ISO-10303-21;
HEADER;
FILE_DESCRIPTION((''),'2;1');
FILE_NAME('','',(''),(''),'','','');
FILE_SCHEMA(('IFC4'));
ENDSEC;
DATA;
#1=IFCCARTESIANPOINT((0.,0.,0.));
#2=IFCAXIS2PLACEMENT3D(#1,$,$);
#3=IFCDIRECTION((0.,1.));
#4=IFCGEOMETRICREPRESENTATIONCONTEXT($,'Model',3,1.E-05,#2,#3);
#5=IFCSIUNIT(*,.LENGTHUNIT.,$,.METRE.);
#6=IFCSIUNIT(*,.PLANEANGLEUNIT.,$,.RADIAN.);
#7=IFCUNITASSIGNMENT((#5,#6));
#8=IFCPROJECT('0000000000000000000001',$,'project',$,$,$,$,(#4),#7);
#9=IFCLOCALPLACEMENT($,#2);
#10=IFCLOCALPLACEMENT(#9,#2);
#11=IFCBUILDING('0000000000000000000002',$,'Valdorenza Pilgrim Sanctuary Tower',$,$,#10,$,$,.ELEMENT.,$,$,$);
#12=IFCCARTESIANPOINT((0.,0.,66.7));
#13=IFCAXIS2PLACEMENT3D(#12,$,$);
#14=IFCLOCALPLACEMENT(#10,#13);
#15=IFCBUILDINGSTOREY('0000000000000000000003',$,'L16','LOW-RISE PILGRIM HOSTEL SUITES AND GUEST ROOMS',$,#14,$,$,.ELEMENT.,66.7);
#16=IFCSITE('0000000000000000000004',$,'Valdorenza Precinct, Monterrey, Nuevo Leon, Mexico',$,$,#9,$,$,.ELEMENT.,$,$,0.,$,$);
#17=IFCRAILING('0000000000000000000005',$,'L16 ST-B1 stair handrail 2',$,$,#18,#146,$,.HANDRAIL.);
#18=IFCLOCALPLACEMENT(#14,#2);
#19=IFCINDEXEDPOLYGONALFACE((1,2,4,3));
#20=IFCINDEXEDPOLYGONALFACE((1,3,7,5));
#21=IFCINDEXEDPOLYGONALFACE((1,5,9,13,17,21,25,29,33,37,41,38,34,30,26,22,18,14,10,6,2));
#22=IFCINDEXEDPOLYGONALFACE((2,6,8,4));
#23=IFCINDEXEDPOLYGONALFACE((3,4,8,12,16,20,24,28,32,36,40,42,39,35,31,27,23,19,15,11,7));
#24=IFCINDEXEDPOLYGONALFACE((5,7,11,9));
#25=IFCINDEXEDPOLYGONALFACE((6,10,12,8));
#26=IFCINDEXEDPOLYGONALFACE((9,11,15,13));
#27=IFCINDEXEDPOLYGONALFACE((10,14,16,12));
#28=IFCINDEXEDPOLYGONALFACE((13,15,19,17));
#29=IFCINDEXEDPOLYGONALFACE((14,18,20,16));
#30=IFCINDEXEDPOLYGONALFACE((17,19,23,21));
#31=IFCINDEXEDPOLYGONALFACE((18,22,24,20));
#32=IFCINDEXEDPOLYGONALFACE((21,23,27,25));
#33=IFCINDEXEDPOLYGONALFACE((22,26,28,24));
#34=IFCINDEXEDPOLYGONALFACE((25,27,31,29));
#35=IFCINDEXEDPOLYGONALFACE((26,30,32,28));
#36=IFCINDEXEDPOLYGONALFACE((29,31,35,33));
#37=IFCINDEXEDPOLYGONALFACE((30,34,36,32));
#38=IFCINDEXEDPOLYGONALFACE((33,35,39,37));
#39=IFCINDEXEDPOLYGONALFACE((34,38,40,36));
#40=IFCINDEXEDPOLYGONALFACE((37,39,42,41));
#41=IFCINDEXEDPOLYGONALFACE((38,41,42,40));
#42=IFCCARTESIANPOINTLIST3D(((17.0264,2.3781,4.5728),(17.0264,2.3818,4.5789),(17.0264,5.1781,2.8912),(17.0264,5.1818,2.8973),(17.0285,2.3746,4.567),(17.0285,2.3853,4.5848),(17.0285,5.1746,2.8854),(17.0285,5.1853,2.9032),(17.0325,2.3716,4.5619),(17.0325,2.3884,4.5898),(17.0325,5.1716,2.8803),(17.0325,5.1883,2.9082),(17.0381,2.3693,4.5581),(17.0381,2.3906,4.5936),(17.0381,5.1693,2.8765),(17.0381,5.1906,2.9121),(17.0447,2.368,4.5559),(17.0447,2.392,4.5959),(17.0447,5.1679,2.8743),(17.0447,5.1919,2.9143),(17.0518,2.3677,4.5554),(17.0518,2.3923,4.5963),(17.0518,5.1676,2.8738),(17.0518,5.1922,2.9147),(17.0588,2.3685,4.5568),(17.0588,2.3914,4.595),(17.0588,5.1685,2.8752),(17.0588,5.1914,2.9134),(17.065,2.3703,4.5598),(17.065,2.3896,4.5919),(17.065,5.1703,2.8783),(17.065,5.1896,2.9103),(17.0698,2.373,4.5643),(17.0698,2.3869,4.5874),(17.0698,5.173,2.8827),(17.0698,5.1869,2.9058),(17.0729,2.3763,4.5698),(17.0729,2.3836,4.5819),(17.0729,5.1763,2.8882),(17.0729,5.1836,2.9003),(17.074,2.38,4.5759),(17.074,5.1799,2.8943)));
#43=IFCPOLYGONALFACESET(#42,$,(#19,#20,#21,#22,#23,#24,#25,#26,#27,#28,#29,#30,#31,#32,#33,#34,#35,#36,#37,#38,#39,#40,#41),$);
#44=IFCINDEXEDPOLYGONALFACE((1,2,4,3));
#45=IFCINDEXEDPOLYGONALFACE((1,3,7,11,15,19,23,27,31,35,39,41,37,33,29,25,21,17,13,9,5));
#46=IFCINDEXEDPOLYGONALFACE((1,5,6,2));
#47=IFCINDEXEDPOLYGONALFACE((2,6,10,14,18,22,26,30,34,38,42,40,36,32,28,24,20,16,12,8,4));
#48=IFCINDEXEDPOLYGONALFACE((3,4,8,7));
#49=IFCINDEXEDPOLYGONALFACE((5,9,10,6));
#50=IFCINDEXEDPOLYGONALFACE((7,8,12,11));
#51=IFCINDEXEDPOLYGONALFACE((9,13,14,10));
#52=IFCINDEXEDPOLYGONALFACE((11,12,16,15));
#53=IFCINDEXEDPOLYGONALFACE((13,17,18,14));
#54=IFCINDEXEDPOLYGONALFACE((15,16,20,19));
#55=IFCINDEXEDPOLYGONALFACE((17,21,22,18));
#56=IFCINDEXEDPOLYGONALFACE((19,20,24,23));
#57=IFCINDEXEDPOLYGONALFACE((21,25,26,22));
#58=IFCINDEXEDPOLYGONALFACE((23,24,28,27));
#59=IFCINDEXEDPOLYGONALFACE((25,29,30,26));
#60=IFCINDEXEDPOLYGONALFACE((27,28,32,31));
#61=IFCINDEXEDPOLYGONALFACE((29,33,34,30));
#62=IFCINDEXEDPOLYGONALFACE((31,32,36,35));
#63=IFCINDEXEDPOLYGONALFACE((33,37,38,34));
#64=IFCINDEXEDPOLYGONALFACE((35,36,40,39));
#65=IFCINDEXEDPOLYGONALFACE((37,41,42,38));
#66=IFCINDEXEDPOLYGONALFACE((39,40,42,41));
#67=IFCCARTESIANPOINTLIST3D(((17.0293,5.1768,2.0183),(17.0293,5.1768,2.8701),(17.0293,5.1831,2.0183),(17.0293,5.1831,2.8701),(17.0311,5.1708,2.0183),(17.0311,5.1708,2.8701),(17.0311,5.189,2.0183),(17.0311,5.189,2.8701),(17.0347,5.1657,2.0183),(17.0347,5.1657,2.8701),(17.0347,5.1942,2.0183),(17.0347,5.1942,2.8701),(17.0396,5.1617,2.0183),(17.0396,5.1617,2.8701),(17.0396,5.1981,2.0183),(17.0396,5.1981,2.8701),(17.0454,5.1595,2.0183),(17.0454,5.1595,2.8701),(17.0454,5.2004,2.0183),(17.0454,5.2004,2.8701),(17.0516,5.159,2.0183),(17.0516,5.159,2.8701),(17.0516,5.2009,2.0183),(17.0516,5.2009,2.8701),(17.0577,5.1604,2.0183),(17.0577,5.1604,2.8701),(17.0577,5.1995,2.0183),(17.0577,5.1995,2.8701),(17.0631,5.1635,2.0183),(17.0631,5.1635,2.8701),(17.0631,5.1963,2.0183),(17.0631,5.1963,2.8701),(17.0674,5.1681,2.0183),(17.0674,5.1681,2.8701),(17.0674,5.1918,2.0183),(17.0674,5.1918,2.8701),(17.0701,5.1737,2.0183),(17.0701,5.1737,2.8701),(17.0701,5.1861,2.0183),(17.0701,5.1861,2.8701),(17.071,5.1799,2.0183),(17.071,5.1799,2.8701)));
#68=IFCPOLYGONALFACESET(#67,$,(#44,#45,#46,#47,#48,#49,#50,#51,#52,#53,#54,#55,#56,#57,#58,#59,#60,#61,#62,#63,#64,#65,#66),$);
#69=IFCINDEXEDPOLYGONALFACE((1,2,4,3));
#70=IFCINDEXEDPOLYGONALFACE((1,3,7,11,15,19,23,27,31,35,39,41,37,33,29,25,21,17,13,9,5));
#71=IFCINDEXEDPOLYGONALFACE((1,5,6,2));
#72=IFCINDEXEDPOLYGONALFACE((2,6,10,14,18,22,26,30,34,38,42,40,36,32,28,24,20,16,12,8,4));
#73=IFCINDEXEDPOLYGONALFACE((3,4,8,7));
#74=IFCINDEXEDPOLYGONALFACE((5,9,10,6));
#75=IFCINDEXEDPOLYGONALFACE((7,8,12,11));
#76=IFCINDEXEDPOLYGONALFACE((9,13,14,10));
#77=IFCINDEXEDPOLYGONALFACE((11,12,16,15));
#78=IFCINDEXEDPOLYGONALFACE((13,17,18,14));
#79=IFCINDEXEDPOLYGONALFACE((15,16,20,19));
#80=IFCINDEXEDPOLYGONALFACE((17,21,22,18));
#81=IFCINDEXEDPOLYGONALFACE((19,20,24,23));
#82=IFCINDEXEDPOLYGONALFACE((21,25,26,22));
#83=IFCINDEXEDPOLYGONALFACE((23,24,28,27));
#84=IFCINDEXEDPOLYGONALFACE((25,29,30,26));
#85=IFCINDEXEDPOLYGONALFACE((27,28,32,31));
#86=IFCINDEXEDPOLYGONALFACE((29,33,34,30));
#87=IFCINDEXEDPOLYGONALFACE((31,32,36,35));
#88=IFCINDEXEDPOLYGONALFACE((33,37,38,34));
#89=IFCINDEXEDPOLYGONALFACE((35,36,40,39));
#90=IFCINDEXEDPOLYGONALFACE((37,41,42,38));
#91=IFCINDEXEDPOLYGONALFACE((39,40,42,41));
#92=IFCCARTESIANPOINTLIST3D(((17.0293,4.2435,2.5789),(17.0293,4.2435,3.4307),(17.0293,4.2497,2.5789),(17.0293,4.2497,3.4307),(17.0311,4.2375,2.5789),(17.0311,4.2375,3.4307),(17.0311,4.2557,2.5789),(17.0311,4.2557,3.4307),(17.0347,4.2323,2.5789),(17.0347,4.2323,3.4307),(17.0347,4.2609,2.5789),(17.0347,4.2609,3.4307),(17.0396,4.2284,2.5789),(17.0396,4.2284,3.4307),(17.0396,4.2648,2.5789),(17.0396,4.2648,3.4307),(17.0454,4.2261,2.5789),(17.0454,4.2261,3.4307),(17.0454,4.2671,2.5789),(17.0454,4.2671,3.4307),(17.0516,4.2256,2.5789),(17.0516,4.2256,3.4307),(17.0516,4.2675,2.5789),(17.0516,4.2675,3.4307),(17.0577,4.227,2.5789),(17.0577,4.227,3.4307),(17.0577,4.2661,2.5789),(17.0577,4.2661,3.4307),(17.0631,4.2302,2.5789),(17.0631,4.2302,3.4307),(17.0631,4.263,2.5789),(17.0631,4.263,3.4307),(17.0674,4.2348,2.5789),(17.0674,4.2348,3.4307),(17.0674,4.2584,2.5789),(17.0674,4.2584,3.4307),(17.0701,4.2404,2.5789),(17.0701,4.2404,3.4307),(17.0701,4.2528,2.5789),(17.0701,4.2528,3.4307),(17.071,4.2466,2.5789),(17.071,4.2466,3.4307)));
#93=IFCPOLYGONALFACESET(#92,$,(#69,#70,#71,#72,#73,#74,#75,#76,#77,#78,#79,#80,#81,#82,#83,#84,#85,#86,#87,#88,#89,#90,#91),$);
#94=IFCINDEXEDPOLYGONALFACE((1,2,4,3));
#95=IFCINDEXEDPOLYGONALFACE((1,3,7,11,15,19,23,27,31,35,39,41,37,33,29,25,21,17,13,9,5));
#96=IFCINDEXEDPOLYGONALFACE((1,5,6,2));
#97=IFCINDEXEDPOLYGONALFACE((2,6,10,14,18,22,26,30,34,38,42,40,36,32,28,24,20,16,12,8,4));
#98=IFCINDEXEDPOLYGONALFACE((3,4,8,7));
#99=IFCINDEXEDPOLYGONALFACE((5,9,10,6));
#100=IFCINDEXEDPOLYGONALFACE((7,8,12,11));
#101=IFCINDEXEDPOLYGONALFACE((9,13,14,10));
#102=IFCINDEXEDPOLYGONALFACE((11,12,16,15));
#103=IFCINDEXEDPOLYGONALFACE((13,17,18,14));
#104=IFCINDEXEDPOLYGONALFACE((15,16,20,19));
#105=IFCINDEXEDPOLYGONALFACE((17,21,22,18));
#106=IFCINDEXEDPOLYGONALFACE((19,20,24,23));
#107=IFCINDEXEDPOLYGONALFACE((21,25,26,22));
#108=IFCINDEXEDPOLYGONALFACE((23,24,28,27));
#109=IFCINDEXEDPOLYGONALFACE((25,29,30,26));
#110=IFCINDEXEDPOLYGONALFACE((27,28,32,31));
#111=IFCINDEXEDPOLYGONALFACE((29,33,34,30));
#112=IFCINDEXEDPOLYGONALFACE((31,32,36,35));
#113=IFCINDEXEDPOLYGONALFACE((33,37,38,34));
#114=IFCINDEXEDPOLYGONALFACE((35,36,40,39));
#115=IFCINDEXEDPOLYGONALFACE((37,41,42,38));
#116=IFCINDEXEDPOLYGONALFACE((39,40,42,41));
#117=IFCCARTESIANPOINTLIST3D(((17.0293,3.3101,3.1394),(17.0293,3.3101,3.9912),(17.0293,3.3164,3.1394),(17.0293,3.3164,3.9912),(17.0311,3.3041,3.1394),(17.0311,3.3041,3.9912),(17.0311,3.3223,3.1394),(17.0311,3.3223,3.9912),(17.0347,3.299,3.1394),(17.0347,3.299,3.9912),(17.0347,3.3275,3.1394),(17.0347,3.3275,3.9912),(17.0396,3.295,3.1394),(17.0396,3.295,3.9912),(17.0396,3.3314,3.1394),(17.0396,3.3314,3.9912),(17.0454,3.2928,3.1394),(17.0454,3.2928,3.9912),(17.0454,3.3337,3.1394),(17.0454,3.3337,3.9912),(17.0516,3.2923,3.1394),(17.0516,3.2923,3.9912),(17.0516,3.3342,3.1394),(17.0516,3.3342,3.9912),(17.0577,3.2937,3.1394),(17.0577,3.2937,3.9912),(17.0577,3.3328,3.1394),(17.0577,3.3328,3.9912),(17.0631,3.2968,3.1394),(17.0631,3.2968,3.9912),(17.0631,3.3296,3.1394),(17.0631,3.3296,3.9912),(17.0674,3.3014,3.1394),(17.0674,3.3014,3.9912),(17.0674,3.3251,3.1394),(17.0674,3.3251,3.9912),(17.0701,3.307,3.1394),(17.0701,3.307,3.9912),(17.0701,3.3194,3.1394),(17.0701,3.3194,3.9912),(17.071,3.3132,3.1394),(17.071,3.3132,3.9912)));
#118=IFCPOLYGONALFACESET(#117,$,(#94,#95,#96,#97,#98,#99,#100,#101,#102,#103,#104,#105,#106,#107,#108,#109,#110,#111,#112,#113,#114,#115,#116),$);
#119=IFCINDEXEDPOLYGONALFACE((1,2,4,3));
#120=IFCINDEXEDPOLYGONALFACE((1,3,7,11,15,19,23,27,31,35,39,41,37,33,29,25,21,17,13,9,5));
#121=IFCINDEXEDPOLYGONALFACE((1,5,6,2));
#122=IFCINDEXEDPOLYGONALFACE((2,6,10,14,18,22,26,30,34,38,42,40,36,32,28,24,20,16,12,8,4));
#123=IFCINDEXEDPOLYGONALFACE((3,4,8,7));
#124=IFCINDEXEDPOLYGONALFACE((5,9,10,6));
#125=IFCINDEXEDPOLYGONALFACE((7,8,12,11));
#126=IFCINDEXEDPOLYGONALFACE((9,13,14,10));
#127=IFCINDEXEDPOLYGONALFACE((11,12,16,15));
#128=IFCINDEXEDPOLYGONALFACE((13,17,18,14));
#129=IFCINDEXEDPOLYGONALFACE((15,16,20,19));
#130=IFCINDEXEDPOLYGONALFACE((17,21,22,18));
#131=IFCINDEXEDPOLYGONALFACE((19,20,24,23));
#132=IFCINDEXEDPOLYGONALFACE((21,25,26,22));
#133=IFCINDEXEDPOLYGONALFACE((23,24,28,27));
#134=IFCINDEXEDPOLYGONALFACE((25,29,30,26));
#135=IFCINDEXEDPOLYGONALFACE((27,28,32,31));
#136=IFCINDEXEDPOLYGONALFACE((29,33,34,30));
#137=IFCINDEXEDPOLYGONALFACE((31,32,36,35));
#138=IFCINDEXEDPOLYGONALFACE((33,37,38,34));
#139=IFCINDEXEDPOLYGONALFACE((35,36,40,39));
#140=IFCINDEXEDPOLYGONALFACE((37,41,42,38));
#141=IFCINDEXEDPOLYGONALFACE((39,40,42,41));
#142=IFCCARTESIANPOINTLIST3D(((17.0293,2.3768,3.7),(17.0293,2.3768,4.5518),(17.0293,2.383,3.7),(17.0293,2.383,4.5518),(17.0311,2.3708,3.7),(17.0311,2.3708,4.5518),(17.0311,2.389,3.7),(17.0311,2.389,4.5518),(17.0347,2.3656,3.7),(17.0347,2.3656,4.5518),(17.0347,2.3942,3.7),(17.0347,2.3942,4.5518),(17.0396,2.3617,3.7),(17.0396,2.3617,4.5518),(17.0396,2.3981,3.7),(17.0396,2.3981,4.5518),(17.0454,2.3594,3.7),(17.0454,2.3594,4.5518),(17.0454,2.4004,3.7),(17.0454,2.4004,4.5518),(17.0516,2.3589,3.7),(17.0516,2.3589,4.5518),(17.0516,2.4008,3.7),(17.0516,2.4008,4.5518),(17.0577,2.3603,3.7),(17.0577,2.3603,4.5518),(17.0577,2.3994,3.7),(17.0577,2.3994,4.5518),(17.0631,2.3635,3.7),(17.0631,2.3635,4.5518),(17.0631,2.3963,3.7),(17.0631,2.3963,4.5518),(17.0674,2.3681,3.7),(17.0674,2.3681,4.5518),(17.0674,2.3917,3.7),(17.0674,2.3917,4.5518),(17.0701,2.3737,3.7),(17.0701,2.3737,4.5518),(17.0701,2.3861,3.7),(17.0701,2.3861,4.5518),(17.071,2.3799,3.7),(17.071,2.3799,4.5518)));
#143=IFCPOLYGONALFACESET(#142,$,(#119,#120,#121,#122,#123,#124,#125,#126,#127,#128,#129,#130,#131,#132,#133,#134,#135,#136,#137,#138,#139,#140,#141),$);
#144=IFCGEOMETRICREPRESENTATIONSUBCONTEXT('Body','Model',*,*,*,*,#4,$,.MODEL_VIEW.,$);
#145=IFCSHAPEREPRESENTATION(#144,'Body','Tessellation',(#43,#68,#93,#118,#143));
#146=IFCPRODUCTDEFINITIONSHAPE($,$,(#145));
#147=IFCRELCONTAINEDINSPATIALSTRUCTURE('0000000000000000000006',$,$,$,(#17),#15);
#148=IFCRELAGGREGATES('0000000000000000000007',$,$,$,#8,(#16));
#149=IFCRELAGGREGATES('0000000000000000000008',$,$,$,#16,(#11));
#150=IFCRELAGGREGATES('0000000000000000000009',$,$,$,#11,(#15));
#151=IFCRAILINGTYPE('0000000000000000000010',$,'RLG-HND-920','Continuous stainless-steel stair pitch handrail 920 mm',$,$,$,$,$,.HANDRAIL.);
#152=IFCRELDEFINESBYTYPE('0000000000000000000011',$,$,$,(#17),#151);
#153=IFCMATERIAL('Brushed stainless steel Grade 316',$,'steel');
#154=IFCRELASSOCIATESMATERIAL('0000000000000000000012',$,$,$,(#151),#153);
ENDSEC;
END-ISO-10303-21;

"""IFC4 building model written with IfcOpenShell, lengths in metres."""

from ifc_helpers import new_model, si_unit, direction, frame, origin, origin_2d, place, context, subcontext, project, spatial, circle, extrude, material, type_object, element, save


model = new_model("IFC4")

# Units and contexts
model_context = context("Model", 3, precision=1e-05, world=origin(), true_north=direction((0.0, 1.0)))
body_context = subcontext(model_context, "Body", "Model", "MODEL_VIEW")
ifc_project = project(units=[si_unit("LENGTHUNIT", "METRE"), si_unit("PLANEANGLEUNIT", "RADIAN")], contexts=[model_context])

# Site, building, storey
site_placement = place(None, origin())
site = spatial("IfcSite", under=ifc_project, at=site_placement, Name="Valdorenza Precinct, Monterrey, Nuevo Leon, Mexico", CompositionType="ELEMENT", RefElevation=0.0)
building_placement = place(site_placement, origin())
building = spatial("IfcBuilding", under=site, at=building_placement, Name="Valdorenza Pilgrim Sanctuary Tower", CompositionType="ELEMENT")
storey_placement = place(building_placement, frame((0.0, 0.0, 66.7)))
storey = spatial("IfcBuildingStorey", under=building, at=storey_placement, Name="L16", Description="LOW-RISE PILGRIM HOSTEL SUITES AND GUEST ROOMS", CompositionType="ELEMENT", Elevation=66.7)

# Railing
ifc_material_1 = material(Name="Brushed stainless steel Grade 316", Category="steel")
railing_type_1 = type_object("IfcRailingType", Name="RLG-HND-920", Description="Continuous stainless-steel stair pitch handrail 920 mm", PredefinedType="HANDRAIL", material=ifc_material_1)
railing_1_placement = place(storey_placement, frame((17.05, 5.1799, 2.0183)))
element("IfcRailing", 1, at=railing_1_placement, inside=storey, type_object=railing_type_1, Name="L16 ST-B1 stair handrail 2", PredefinedType="HANDRAIL", context=body_context, shape_type="SweptSolid", body=[
    extrude(circle(Radius=0.0239, at=origin_2d()), frame((0.0, 0.0, 0.876), z_axis=(0.0, -0.857275, 0.514858), x_axis=(1.0, 0.0, 0.0)), (0.0, 0.0, 1.0), 3.2661),
    extrude(circle(Radius=0.021, at=origin_2d()), origin(), (0.0, 0.0, 1.0), 0.8518),
    extrude(circle(Radius=0.021, at=origin_2d()), frame((0.0, -0.9333, 0.5605)), (0.0, 0.0, 1.0), 0.8518),
    extrude(circle(Radius=0.021, at=origin_2d()), frame((0.0, -1.8667, 1.1211)), (0.0, 0.0, 1.0), 0.8518),
    extrude(circle(Radius=0.021, at=origin_2d()), frame((0.0, -2.8, 1.6816)), (0.0, 0.0, 1.0), 0.8518),
])

save(model, "model.ifc")
